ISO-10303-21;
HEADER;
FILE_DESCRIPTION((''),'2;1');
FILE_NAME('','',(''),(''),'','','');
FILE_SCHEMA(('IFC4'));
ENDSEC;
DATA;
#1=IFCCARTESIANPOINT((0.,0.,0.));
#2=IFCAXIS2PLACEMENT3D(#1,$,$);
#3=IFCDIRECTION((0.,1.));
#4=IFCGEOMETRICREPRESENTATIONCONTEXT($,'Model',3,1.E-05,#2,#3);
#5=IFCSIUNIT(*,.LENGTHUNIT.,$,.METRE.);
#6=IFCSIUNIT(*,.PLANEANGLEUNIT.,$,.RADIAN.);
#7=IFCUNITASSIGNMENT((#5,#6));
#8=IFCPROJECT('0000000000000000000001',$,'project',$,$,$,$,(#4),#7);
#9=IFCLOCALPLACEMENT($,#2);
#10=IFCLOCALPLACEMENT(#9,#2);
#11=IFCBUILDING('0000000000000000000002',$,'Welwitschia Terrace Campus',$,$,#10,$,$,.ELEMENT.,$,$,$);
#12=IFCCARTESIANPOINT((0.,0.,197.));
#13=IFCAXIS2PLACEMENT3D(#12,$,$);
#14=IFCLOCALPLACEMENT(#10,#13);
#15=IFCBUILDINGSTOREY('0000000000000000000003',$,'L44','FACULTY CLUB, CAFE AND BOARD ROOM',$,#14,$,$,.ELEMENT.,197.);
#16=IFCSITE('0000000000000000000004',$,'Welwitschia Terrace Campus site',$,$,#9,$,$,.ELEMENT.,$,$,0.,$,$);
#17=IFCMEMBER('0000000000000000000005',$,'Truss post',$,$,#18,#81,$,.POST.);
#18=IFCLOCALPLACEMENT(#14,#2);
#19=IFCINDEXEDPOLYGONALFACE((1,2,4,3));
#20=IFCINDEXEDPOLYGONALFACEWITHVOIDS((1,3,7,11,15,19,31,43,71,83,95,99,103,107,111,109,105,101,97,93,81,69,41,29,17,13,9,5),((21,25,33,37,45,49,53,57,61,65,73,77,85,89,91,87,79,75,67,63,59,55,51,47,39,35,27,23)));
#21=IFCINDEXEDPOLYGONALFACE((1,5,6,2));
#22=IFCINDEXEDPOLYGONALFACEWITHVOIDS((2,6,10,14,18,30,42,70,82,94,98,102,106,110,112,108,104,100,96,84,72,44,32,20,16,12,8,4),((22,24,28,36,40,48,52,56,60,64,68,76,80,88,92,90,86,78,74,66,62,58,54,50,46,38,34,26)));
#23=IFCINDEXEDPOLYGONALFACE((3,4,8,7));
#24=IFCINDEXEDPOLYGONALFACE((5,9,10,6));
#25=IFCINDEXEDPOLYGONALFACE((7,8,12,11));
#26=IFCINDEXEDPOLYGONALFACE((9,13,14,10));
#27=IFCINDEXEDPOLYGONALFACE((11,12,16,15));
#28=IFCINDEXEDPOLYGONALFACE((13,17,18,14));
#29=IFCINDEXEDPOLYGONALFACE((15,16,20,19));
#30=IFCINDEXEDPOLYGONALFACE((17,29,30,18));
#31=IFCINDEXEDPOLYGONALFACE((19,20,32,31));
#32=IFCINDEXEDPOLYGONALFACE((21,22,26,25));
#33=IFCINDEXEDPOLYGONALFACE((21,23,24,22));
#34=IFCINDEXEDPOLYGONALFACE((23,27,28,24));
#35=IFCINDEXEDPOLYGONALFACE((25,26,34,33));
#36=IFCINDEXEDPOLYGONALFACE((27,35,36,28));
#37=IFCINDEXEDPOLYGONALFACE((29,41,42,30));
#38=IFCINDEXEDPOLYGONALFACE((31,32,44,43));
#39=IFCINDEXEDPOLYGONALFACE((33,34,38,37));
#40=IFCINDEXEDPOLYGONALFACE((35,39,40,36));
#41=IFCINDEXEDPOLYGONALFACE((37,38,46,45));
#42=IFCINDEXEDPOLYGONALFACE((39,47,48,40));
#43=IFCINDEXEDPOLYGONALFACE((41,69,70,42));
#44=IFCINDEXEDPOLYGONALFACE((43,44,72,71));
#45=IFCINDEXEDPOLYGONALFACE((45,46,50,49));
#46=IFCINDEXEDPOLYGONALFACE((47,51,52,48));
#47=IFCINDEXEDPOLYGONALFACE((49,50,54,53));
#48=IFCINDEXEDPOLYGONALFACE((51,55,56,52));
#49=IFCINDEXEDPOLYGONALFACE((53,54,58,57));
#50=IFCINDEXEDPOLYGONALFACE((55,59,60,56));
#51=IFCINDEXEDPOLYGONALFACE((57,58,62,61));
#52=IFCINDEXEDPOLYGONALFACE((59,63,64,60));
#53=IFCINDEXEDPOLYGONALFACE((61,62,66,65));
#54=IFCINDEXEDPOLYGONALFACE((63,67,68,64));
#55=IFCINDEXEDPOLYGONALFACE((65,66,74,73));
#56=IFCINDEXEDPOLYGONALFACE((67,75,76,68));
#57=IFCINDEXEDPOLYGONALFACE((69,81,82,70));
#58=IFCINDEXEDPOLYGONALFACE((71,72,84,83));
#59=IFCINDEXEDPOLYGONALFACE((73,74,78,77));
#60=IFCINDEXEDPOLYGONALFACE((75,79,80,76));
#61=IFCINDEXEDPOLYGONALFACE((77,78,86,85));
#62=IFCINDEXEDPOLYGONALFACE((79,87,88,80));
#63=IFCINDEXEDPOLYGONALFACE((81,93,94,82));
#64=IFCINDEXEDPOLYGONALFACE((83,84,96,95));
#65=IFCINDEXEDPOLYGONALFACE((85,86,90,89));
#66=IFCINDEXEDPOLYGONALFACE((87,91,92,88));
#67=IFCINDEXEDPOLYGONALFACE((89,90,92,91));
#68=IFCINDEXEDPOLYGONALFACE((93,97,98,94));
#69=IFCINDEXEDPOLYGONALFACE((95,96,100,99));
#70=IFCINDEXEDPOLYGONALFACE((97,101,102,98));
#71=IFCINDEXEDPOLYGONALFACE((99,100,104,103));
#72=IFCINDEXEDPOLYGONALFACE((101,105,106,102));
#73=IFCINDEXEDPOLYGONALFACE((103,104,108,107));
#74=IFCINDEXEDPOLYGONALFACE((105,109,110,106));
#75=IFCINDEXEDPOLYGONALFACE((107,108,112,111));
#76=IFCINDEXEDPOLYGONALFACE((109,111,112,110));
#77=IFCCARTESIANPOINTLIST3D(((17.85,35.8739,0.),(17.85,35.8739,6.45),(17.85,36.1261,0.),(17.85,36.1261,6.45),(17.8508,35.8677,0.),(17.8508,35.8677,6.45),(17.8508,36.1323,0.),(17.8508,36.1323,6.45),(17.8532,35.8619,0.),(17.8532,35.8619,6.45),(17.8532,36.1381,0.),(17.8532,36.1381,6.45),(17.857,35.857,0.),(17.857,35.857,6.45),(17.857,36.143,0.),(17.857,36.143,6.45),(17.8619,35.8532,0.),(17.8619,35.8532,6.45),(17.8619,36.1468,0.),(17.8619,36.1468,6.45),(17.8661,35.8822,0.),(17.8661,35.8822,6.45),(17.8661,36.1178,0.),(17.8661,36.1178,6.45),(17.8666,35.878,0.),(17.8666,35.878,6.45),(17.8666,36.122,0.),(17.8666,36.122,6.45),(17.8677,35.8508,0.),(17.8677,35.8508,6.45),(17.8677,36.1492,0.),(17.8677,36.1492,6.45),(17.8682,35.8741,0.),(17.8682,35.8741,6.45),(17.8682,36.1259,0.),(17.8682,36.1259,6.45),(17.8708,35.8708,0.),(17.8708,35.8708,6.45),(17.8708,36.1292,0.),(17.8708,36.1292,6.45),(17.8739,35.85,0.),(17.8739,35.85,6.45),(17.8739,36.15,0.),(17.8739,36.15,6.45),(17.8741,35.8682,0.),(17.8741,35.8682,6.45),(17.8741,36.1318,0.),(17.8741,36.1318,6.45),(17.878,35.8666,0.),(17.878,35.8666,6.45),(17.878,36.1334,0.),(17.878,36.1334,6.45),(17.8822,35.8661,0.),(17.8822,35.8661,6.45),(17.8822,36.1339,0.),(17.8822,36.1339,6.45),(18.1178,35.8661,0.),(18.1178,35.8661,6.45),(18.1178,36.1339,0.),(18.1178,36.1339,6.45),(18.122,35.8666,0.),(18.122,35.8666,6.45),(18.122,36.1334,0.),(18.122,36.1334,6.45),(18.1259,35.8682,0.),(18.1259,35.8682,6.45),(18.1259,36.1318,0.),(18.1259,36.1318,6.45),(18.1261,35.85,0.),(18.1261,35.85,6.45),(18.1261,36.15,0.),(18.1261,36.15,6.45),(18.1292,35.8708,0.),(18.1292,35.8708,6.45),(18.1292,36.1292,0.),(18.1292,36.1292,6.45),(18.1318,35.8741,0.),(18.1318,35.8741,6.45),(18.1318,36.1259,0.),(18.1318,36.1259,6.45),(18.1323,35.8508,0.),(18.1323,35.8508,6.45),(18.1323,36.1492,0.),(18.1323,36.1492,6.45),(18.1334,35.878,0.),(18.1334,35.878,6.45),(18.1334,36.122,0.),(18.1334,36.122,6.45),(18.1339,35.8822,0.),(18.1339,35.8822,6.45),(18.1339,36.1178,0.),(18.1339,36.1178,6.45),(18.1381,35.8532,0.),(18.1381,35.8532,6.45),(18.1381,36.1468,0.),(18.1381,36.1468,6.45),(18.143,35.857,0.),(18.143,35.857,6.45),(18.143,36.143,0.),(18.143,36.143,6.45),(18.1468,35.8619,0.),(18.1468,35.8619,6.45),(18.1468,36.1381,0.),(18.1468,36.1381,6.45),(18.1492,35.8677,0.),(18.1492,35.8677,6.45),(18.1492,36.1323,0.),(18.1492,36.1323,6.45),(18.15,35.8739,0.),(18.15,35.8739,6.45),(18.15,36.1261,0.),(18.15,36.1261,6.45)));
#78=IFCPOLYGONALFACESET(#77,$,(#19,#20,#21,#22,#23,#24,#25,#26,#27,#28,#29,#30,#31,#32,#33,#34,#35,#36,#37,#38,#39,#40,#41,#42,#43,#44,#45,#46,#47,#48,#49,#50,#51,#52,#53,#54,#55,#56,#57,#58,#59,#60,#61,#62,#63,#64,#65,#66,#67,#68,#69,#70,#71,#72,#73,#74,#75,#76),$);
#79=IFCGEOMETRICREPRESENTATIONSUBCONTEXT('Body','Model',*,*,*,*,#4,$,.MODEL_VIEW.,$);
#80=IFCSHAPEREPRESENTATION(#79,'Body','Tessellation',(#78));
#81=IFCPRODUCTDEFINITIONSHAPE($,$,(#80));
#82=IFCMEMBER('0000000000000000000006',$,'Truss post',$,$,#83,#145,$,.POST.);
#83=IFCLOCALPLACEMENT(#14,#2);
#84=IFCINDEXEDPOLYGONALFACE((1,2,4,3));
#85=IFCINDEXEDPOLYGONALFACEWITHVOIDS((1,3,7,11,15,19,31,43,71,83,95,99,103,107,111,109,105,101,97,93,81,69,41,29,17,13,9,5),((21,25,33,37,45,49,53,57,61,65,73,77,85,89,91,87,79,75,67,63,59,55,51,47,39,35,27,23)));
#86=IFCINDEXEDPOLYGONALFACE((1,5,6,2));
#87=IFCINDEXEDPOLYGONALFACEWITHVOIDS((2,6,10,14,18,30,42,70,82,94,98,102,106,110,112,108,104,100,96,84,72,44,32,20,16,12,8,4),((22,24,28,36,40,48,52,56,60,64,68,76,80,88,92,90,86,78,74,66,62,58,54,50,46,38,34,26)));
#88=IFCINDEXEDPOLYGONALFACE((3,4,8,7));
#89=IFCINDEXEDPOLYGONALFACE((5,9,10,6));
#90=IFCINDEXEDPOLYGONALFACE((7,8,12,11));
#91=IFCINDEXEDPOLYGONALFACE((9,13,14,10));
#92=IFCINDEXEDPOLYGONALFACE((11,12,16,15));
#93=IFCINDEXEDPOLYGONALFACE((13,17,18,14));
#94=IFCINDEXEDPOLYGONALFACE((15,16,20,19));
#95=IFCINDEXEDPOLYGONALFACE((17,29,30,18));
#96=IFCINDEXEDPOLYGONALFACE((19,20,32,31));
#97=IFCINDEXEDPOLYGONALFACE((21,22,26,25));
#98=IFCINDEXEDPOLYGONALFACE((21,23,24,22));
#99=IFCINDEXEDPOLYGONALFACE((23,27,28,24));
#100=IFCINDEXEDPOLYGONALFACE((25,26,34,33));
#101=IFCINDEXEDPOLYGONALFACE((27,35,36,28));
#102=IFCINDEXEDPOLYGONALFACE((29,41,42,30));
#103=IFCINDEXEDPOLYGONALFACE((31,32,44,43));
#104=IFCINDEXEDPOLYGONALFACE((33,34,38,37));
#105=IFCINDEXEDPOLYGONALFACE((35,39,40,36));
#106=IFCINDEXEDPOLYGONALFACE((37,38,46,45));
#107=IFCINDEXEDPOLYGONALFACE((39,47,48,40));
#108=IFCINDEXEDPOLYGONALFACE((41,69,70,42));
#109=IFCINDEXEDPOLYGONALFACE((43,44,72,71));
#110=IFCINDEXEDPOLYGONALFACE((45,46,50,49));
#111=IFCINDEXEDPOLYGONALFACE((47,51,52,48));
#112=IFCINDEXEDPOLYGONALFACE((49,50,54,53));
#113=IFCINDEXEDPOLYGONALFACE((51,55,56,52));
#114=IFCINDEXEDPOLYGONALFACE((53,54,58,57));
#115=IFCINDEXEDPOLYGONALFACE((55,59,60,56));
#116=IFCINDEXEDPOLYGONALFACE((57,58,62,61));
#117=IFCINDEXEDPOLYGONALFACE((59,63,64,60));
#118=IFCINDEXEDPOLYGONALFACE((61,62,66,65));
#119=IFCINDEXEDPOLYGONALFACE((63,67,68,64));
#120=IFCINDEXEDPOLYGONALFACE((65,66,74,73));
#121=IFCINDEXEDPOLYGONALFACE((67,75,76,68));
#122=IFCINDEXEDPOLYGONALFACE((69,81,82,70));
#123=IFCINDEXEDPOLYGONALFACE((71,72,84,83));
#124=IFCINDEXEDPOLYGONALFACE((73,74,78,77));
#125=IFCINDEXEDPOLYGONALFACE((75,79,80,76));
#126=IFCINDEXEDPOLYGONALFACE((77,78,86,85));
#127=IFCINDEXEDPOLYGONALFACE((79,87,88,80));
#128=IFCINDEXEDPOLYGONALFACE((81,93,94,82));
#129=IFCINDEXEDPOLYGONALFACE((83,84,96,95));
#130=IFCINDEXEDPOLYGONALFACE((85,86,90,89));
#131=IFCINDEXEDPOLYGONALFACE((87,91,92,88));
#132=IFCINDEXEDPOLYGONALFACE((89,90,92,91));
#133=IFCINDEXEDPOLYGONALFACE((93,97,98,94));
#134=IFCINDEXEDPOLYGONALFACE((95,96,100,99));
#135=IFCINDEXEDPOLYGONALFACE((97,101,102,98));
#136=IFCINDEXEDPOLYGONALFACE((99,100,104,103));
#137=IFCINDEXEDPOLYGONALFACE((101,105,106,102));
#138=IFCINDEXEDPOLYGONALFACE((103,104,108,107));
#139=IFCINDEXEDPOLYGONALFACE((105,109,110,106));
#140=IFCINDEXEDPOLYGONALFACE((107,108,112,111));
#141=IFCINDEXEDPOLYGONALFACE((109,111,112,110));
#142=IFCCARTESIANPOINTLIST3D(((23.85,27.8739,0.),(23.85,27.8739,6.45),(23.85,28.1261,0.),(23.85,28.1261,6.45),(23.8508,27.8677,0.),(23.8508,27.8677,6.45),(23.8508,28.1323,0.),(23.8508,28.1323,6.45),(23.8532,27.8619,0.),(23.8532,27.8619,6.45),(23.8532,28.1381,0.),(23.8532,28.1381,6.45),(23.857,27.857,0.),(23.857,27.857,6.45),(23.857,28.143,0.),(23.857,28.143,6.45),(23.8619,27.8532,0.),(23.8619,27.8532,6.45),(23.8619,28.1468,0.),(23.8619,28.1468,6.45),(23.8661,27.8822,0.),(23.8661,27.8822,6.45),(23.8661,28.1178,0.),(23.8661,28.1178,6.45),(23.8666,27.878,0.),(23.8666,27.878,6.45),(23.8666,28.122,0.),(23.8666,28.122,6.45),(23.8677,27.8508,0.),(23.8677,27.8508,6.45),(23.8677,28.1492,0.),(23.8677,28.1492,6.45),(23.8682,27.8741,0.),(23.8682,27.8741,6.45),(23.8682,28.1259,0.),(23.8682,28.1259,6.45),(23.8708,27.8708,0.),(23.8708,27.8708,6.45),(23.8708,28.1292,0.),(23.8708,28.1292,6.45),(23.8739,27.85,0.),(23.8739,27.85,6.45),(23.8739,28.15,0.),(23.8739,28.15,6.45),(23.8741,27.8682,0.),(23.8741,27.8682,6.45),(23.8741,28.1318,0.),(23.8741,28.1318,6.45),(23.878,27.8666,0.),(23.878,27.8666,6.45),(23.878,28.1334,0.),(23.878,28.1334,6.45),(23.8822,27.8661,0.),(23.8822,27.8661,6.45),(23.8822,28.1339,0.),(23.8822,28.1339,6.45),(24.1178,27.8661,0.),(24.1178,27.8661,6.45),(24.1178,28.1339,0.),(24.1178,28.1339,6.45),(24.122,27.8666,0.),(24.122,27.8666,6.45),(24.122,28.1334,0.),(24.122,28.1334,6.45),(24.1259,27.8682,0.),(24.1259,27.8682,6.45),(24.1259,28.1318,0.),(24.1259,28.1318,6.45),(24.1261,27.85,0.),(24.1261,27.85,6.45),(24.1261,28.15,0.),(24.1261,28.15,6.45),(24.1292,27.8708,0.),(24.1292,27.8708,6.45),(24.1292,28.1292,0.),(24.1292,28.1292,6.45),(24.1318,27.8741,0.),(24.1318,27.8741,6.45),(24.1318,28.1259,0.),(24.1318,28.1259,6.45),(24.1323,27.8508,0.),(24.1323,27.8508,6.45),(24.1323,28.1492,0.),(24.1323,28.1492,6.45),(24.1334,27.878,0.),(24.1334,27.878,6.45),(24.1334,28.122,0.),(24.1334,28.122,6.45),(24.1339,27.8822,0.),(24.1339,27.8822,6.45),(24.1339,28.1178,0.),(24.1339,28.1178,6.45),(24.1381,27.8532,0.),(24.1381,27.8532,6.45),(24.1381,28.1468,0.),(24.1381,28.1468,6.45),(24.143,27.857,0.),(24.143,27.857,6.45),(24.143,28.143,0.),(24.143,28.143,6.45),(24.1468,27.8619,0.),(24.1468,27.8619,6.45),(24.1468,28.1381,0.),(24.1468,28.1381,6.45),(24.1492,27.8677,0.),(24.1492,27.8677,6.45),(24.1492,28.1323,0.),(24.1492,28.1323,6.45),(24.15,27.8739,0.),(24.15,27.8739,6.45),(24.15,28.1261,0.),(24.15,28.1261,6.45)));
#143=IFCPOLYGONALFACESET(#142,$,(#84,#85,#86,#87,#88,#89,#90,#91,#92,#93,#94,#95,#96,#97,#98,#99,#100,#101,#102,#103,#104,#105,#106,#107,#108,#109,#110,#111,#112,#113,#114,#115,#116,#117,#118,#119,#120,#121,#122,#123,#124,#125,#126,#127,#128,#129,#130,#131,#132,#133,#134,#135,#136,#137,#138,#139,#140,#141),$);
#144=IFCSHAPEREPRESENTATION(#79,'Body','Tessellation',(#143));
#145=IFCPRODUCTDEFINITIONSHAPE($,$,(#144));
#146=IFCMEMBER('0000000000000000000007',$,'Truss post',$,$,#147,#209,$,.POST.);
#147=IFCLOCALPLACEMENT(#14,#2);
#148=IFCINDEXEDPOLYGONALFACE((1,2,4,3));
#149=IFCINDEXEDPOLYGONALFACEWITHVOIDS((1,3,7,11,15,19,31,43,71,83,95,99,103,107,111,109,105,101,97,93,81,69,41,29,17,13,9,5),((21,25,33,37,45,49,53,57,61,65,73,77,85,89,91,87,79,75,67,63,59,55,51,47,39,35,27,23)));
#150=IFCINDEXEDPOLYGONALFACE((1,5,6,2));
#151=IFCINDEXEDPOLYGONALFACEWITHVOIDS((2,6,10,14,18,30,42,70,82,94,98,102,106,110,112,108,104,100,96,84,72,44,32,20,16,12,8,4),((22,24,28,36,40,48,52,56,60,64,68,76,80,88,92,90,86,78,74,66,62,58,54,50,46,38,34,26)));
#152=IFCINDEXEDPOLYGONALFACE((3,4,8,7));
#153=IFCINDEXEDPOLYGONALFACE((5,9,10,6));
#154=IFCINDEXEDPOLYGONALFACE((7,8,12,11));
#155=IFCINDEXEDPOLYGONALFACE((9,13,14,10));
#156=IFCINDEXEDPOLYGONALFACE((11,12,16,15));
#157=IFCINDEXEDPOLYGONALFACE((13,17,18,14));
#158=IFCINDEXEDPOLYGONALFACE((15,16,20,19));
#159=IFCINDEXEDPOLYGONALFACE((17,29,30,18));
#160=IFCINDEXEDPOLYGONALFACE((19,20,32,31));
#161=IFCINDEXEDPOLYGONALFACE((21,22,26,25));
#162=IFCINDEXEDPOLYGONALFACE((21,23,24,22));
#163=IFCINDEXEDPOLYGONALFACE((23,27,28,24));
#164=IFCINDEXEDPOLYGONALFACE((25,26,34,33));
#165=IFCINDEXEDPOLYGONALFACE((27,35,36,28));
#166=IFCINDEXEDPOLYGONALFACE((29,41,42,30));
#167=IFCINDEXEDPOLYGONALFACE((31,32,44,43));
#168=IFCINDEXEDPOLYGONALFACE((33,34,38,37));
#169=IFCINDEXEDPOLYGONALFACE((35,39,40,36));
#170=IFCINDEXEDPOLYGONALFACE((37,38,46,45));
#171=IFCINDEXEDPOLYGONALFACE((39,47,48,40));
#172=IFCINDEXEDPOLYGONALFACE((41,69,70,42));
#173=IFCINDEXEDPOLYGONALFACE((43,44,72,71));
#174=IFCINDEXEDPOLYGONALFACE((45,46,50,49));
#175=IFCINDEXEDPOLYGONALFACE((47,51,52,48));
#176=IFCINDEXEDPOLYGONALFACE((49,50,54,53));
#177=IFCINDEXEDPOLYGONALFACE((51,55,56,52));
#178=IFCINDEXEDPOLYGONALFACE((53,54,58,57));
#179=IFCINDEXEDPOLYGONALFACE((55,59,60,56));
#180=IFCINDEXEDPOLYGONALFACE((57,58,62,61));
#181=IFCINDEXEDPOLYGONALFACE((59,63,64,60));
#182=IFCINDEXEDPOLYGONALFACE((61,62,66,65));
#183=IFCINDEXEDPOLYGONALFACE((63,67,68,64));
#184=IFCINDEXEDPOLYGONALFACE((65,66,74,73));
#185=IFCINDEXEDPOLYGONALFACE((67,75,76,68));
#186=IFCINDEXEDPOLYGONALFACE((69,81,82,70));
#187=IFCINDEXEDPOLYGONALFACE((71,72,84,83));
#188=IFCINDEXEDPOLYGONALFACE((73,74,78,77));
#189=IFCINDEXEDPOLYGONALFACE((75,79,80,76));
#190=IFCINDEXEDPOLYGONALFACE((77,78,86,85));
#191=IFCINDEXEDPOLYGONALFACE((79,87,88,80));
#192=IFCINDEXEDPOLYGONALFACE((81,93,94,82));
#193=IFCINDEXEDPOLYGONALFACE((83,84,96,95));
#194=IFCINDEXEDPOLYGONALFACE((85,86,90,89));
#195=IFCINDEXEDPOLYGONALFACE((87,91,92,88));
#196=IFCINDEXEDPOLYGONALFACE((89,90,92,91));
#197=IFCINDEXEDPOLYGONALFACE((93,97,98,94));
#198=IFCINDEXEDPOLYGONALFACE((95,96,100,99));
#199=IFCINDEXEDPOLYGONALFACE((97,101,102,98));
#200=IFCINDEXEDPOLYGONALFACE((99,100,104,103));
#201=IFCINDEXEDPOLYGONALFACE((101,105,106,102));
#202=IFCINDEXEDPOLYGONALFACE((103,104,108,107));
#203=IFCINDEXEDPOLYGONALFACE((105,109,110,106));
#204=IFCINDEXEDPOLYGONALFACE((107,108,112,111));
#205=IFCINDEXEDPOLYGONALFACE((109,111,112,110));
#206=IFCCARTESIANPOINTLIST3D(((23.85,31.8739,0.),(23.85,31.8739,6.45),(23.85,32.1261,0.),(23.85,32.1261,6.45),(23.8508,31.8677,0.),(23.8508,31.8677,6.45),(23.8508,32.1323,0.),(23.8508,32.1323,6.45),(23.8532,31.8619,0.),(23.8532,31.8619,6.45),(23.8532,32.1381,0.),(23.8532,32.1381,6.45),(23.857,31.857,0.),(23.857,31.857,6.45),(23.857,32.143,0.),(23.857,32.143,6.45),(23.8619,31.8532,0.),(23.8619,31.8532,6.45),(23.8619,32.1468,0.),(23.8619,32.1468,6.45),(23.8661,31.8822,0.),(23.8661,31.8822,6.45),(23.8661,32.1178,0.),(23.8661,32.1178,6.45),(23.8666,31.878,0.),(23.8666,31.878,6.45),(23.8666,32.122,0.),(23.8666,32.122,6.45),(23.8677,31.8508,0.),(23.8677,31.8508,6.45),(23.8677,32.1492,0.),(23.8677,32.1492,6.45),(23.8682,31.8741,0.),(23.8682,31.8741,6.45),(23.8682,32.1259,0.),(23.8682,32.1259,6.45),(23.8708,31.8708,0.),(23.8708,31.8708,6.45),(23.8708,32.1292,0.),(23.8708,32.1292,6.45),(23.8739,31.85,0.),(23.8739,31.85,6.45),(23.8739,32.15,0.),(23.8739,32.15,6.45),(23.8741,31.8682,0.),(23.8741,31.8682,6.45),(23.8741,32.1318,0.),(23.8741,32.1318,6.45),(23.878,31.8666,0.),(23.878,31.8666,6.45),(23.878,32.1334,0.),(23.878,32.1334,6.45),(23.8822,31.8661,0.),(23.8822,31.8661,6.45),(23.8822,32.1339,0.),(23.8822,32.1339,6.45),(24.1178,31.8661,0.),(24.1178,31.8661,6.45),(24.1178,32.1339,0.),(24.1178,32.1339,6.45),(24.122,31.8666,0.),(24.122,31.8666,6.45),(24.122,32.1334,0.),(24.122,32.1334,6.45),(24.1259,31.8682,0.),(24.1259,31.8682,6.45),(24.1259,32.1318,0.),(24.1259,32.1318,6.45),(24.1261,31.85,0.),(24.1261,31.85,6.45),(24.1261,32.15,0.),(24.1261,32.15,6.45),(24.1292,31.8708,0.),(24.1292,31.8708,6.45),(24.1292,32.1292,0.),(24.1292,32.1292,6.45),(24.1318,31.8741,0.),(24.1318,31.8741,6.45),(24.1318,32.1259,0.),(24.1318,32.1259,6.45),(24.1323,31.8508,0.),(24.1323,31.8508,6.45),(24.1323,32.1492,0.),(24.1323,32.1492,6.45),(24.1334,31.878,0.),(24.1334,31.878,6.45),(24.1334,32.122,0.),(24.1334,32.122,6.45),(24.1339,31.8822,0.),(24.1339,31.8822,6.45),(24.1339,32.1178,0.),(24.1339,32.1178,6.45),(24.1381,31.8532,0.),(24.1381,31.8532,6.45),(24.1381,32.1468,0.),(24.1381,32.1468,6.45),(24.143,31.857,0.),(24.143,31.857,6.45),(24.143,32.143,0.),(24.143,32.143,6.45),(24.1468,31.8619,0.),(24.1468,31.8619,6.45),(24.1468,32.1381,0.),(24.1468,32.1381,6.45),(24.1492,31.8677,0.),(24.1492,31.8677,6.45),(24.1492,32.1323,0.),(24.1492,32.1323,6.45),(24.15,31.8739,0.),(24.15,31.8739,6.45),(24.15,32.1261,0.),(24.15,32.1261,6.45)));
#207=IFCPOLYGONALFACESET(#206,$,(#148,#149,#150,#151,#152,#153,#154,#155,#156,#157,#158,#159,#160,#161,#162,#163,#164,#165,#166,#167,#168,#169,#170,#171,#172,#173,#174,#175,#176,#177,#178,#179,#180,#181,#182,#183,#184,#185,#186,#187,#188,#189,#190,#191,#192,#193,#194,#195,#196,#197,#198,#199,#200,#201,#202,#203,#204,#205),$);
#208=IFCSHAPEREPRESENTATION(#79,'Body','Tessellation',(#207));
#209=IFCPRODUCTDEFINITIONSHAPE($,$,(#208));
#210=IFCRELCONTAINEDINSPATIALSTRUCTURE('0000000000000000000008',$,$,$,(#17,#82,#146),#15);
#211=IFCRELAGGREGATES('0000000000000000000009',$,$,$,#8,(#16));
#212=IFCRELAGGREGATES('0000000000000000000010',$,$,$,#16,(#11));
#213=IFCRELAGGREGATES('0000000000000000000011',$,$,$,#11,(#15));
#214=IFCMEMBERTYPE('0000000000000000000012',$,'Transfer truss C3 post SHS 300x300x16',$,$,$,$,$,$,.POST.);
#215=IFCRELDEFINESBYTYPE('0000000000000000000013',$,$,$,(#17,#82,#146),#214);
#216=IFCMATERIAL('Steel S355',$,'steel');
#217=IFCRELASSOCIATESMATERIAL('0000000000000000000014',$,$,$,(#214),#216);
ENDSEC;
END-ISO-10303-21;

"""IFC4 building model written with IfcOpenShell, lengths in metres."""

from ifc_helpers import new_model, si_unit, direction, frame, origin, origin_2d, place, context, subcontext, project, spatial, hollow_rectangle, extrude, material, material_profile, profile_set, type_object, element, save


model = new_model("IFC4")

# Units and contexts
model_context = context("Model", 3, precision=1e-05, world=origin(), true_north=direction((0.0, 1.0)))
body_context = subcontext(model_context, "Body", "Model", "MODEL_VIEW")
ifc_project = project(units=[si_unit("LENGTHUNIT", "METRE"), si_unit("PLANEANGLEUNIT", "RADIAN")], contexts=[model_context])

# Site, building, storey
site_placement = place(None, origin())
site = spatial("IfcSite", under=ifc_project, at=site_placement, Name="Welwitschia Terrace Campus site", CompositionType="ELEMENT", RefElevation=0.0)
building_placement = place(site_placement, origin())
building = spatial("IfcBuilding", under=site, at=building_placement, Name="Welwitschia Terrace Campus", CompositionType="ELEMENT")
storey_placement = place(building_placement, frame((0.0, 0.0, 197.0)))
storey = spatial("IfcBuildingStorey", under=building, at=storey_placement, Name="L44", Description="FACULTY CLUB, CAFE AND BOARD ROOM", CompositionType="ELEMENT", Elevation=197.0)

# Members
ifc_material_1 = material(Name="Steel S355", Category="steel")
ifc_material_profile_1 = material_profile(ifc_material_1, hollow_rectangle(XDim=0.3, YDim=0.3, WallThickness=0.0161, InnerFilletRadius=0.0161, OuterFilletRadius=0.0239, at=origin_2d()))
ifc_profile_set_1 = profile_set([ifc_material_profile_1], Name="Steel S355")
member_type_1 = type_object("IfcMemberType", Name="Transfer truss C3 post SHS 300x300x16", PredefinedType="POST", material=ifc_profile_set_1)
for number, where, z_axis, x_axis, name in (
    (1, (18.0, 36.0, 0.0), (0.0, 0.0, 1.0), (1.0, 0.0, 0.0), "Truss post"),
    (2, (24.0, 28.0, 0.0), (0.0, 0.0, 1.0), (1.0, 0.0, 0.0), "Truss post"),
    (3, (24.0, 32.0, 0.0), (0.0, 0.0, 1.0), (1.0, 0.0, 0.0), "Truss post"),
):
    element("IfcMember", number, at=place(storey_placement, frame(where, z_axis=z_axis, x_axis=x_axis)), inside=storey, type_object=member_type_1, Name=name, PredefinedType="POST", context=body_context, shape_type="SweptSolid", body=[
        extrude(hollow_rectangle(XDim=0.3, YDim=0.3, WallThickness=0.0161, InnerFilletRadius=0.0161, OuterFilletRadius=0.0239, at=origin_2d()), origin(), (0.0, 0.0, 1.0), 6.45),
    ])

save(model, "model.ifc")
